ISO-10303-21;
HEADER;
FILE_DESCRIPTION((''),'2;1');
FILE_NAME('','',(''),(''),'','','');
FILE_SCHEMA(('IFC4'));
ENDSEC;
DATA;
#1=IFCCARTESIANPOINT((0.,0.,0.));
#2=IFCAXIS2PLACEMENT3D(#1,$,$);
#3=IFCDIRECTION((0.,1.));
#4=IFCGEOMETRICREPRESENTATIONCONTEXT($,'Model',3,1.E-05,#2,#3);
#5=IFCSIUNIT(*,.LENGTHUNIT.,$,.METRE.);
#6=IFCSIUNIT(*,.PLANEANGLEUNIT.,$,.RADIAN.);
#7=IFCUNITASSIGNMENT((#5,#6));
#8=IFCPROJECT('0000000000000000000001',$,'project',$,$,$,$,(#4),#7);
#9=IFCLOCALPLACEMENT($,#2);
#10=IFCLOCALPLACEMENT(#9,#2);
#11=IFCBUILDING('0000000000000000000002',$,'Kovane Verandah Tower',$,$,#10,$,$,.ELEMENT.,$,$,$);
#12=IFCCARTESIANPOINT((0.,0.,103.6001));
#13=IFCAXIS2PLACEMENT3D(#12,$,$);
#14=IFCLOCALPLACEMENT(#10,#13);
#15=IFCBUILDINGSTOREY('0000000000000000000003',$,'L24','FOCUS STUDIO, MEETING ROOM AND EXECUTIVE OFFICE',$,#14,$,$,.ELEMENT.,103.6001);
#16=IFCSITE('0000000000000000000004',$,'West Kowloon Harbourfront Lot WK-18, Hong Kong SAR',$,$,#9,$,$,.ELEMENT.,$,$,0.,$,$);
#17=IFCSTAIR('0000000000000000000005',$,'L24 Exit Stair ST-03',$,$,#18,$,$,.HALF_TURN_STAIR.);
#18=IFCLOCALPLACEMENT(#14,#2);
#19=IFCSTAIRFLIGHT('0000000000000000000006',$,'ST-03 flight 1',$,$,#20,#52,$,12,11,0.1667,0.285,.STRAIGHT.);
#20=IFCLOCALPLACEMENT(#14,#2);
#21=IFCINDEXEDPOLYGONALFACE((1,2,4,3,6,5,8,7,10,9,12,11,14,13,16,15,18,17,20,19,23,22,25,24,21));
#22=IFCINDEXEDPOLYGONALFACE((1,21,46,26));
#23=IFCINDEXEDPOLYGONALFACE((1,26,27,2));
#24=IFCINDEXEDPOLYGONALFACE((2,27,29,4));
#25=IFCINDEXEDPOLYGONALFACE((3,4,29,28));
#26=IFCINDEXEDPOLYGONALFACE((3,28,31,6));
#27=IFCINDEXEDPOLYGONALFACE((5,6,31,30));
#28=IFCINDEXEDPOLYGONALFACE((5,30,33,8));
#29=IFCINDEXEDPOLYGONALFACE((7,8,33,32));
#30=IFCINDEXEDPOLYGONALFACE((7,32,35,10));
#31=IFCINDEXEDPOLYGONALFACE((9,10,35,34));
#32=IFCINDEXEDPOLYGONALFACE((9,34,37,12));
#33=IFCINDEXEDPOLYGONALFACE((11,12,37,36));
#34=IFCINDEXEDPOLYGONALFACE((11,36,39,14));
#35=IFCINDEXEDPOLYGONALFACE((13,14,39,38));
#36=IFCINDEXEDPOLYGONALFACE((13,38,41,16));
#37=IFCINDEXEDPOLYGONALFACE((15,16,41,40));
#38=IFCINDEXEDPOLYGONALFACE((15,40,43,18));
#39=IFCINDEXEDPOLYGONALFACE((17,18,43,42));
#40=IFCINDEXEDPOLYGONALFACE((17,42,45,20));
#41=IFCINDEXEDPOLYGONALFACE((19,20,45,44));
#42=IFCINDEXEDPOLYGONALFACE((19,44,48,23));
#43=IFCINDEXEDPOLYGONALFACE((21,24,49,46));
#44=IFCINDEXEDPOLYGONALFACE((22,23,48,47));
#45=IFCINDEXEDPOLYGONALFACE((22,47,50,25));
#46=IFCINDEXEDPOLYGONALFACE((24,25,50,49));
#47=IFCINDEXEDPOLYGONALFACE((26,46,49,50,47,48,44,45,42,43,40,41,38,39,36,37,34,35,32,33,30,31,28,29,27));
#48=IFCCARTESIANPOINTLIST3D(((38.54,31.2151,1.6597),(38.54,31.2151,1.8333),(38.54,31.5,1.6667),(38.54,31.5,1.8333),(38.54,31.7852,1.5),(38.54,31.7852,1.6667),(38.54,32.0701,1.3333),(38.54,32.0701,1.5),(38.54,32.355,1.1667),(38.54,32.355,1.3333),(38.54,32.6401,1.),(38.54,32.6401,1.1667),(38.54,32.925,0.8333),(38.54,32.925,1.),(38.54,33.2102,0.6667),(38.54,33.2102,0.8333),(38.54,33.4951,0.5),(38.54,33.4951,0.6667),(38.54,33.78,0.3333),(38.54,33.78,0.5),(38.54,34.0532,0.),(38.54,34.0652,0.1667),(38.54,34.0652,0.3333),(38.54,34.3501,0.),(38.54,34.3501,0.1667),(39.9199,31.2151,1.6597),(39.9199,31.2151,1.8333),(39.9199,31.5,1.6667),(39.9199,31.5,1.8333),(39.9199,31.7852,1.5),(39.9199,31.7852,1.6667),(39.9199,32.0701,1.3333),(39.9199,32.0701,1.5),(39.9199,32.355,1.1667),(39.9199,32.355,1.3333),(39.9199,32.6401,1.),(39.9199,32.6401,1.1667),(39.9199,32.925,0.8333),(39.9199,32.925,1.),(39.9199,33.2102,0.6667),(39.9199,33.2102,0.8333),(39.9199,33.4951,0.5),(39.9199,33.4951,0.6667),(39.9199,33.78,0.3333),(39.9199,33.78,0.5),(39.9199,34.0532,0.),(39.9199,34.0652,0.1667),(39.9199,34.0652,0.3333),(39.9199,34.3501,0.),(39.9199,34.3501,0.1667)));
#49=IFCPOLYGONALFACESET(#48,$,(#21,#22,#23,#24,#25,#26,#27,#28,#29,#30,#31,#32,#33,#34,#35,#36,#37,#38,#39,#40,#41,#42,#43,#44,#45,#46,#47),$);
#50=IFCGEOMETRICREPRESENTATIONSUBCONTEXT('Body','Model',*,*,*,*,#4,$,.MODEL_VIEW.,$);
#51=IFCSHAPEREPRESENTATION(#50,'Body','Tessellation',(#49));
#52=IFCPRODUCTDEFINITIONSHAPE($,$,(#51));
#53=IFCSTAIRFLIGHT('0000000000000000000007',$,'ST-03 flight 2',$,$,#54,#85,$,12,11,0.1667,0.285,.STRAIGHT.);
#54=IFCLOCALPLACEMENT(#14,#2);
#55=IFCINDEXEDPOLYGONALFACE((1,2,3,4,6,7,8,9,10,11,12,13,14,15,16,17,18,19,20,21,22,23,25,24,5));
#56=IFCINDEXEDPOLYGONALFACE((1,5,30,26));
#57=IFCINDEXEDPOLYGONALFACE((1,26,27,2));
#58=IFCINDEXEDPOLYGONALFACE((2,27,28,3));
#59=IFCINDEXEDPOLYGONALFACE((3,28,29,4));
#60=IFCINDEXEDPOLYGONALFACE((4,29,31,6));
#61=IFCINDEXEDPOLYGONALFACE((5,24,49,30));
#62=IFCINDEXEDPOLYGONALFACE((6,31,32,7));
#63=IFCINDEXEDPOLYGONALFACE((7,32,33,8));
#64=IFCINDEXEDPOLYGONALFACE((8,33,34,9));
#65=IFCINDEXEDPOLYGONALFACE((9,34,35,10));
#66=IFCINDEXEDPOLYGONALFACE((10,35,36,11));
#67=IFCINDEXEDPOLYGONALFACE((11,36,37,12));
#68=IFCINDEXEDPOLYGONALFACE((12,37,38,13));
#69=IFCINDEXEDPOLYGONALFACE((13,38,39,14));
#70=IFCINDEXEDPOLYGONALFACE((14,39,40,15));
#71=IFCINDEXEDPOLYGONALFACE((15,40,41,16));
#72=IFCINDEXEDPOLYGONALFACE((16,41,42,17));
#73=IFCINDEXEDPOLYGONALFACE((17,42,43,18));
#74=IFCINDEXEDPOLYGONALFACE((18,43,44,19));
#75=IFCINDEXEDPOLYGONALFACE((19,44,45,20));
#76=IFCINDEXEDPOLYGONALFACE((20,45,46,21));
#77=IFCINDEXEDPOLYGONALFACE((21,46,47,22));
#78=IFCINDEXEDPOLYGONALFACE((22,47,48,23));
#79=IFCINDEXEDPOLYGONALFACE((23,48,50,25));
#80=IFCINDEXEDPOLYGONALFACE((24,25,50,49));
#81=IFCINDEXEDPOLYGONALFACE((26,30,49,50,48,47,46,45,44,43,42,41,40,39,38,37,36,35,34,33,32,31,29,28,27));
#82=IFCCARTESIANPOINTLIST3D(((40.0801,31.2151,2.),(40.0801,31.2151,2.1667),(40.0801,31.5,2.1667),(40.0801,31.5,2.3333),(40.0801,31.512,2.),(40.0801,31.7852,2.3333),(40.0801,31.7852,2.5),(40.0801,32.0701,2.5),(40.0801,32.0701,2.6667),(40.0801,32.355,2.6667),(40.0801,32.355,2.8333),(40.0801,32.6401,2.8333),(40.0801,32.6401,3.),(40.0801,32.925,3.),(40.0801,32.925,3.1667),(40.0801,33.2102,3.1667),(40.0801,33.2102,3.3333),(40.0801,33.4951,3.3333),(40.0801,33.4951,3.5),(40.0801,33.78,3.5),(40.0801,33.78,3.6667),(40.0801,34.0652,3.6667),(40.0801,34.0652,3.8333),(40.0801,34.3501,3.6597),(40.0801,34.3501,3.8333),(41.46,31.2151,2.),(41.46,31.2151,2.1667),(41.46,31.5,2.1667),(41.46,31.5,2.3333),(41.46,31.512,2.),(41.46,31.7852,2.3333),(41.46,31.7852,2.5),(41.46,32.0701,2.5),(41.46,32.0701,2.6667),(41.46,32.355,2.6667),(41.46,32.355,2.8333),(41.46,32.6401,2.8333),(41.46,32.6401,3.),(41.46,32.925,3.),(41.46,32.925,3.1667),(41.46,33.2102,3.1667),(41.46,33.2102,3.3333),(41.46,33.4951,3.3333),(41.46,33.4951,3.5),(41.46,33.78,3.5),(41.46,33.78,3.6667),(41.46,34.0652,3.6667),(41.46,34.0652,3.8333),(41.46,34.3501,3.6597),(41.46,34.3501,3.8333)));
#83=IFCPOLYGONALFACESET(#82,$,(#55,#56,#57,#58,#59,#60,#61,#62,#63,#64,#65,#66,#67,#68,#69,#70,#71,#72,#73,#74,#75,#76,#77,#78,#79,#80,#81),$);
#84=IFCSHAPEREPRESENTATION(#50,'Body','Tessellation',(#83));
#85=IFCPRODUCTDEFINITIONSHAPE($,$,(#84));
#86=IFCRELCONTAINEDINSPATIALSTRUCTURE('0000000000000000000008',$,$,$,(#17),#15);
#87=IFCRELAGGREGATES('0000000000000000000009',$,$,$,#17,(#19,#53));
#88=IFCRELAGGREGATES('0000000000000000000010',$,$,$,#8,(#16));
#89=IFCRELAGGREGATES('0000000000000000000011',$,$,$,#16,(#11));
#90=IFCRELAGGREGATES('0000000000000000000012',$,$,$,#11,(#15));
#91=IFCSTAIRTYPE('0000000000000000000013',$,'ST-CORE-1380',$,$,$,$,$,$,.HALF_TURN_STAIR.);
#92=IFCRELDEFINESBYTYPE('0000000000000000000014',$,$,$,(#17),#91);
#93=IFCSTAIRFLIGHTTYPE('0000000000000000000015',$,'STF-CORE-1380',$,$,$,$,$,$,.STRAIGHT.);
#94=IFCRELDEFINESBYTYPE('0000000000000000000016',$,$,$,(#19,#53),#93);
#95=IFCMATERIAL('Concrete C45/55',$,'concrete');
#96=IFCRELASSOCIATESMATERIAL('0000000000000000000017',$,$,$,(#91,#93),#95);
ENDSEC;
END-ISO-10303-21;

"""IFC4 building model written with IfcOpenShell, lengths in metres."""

from ifc_helpers import new_model, si_unit, direction, frame, origin, place, context, subcontext, project, spatial, polyline, outline, extrude, material, type_object, element, aggregate, save


model = new_model("IFC4")

# Units and contexts
model_context = context("Model", 3, precision=1e-05, world=origin(), true_north=direction((0.0, 1.0)))
body_context = subcontext(model_context, "Body", "Model", "MODEL_VIEW")
ifc_project = project(units=[si_unit("LENGTHUNIT", "METRE"), si_unit("PLANEANGLEUNIT", "RADIAN")], contexts=[model_context])

# Site, building, storey
site_placement = place(None, origin())
site = spatial("IfcSite", under=ifc_project, at=site_placement, Name="West Kowloon Harbourfront Lot WK-18, Hong Kong SAR", CompositionType="ELEMENT", RefElevation=0.0)
building_placement = place(site_placement, origin())
building = spatial("IfcBuilding", under=site, at=building_placement, Name="Kovane Verandah Tower", CompositionType="ELEMENT")
storey_placement = place(building_placement, frame((0.0, 0.0, 103.6001)))
storey = spatial("IfcBuildingStorey", under=building, at=storey_placement, Name="L24", Description="FOCUS STUDIO, MEETING ROOM AND EXECUTIVE OFFICE", CompositionType="ELEMENT", Elevation=103.6001)

# Shared definitions
ifc_material_1 = material(Name="Concrete C45/55", Category="concrete")

# Stair, stair flights
stair_type = type_object("IfcStairType", Name="ST-CORE-1380", PredefinedType="HALF_TURN_STAIR", material=ifc_material_1)
stair_placement = place(storey_placement, origin())
stair = element("IfcStair", 1, at=stair_placement, inside=storey, type_object=stair_type, Name="L24 Exit Stair ST-03", PredefinedType="HALF_TURN_STAIR")
stair_flight_type = type_object("IfcStairFlightType", Name="STF-CORE-1380", PredefinedType="STRAIGHT", material=ifc_material_1)
stair_flight_1_placement = place(storey_placement, frame((39.23, 34.3501, 0.0), z_axis=(0.0, 0.0, 1.0), x_axis=(0.0, -1.0, 0.0)))
stair_flight_1 = element("IfcStairFlight", 2, at=stair_flight_1_placement, type_object=stair_flight_type, Name="ST-03 flight 1", NumberOfRisers=12, NumberOfTreads=11, PredefinedType="STRAIGHT", RiserHeight=0.1667, TreadLength=0.285, context=body_context, shape_type="SweptSolid", body=[
    extrude(outline(polyline([(0.0, 0.0), (0.0, 0.1667), (0.2849, 0.1667), (0.2849, 0.3333), (0.5701, 0.3333), (0.5701, 0.5), (0.855, 0.5), (0.855, 0.6667), (1.1399, 0.6667), (1.1399, 0.8333), (1.425, 0.8333), (1.425, 1.0), (1.71, 1.0), (1.71, 1.1667), (1.9951, 1.1667), (1.9951, 1.3333), (2.28, 1.3333), (2.28, 1.5), (2.5649, 1.5), (2.5649, 1.6667), (2.8501, 1.6667), (2.8501, 1.8333), (3.135, 1.8333), (3.135, 2.0), (3.135, 1.6597), (0.2969, 0.0), (0.0, 0.0)])), frame((0.0, 0.6899, 0.0), z_axis=(0.0, -1.0, 0.0), x_axis=(1.0, 0.0, 0.0)), (0.0, 0.0, 1.0), 1.3799),
])
stair_flight_2_placement = place(storey_placement, frame((40.77, 31.2151, 2.0), z_axis=(0.0, 0.0, 1.0), x_axis=(0.0, 1.0, 0.0)))
stair_flight_2 = element("IfcStairFlight", 3, at=stair_flight_2_placement, type_object=stair_flight_type, Name="ST-03 flight 2", NumberOfRisers=12, NumberOfTreads=11, PredefinedType="STRAIGHT", RiserHeight=0.1667, TreadLength=0.285, context=body_context, shape_type="SweptSolid", body=[
    extrude(outline(polyline([(0.0, 0.0), (0.0, 0.1667), (0.2849, 0.1667), (0.2849, 0.3333), (0.5701, 0.3333), (0.5701, 0.5), (0.855, 0.5), (0.855, 0.6667), (1.1399, 0.6667), (1.1399, 0.8333), (1.425, 0.8333), (1.425, 1.0), (1.71, 1.0), (1.71, 1.1667), (1.9951, 1.1667), (1.9951, 1.3333), (2.28, 1.3333), (2.28, 1.5), (2.5649, 1.5), (2.5649, 1.6667), (2.8501, 1.6667), (2.8501, 1.8333), (3.135, 1.8333), (3.135, 2.0), (3.135, 1.6597), (0.2969, 0.0), (0.0, 0.0)])), frame((0.0, 0.6899, 0.0), z_axis=(0.0, -1.0, 0.0), x_axis=(1.0, 0.0, 0.0)), (0.0, 0.0, 1.0), 1.3799),
])
aggregate(stair, [stair_flight_1, stair_flight_2])

save(model, "model.ifc")
